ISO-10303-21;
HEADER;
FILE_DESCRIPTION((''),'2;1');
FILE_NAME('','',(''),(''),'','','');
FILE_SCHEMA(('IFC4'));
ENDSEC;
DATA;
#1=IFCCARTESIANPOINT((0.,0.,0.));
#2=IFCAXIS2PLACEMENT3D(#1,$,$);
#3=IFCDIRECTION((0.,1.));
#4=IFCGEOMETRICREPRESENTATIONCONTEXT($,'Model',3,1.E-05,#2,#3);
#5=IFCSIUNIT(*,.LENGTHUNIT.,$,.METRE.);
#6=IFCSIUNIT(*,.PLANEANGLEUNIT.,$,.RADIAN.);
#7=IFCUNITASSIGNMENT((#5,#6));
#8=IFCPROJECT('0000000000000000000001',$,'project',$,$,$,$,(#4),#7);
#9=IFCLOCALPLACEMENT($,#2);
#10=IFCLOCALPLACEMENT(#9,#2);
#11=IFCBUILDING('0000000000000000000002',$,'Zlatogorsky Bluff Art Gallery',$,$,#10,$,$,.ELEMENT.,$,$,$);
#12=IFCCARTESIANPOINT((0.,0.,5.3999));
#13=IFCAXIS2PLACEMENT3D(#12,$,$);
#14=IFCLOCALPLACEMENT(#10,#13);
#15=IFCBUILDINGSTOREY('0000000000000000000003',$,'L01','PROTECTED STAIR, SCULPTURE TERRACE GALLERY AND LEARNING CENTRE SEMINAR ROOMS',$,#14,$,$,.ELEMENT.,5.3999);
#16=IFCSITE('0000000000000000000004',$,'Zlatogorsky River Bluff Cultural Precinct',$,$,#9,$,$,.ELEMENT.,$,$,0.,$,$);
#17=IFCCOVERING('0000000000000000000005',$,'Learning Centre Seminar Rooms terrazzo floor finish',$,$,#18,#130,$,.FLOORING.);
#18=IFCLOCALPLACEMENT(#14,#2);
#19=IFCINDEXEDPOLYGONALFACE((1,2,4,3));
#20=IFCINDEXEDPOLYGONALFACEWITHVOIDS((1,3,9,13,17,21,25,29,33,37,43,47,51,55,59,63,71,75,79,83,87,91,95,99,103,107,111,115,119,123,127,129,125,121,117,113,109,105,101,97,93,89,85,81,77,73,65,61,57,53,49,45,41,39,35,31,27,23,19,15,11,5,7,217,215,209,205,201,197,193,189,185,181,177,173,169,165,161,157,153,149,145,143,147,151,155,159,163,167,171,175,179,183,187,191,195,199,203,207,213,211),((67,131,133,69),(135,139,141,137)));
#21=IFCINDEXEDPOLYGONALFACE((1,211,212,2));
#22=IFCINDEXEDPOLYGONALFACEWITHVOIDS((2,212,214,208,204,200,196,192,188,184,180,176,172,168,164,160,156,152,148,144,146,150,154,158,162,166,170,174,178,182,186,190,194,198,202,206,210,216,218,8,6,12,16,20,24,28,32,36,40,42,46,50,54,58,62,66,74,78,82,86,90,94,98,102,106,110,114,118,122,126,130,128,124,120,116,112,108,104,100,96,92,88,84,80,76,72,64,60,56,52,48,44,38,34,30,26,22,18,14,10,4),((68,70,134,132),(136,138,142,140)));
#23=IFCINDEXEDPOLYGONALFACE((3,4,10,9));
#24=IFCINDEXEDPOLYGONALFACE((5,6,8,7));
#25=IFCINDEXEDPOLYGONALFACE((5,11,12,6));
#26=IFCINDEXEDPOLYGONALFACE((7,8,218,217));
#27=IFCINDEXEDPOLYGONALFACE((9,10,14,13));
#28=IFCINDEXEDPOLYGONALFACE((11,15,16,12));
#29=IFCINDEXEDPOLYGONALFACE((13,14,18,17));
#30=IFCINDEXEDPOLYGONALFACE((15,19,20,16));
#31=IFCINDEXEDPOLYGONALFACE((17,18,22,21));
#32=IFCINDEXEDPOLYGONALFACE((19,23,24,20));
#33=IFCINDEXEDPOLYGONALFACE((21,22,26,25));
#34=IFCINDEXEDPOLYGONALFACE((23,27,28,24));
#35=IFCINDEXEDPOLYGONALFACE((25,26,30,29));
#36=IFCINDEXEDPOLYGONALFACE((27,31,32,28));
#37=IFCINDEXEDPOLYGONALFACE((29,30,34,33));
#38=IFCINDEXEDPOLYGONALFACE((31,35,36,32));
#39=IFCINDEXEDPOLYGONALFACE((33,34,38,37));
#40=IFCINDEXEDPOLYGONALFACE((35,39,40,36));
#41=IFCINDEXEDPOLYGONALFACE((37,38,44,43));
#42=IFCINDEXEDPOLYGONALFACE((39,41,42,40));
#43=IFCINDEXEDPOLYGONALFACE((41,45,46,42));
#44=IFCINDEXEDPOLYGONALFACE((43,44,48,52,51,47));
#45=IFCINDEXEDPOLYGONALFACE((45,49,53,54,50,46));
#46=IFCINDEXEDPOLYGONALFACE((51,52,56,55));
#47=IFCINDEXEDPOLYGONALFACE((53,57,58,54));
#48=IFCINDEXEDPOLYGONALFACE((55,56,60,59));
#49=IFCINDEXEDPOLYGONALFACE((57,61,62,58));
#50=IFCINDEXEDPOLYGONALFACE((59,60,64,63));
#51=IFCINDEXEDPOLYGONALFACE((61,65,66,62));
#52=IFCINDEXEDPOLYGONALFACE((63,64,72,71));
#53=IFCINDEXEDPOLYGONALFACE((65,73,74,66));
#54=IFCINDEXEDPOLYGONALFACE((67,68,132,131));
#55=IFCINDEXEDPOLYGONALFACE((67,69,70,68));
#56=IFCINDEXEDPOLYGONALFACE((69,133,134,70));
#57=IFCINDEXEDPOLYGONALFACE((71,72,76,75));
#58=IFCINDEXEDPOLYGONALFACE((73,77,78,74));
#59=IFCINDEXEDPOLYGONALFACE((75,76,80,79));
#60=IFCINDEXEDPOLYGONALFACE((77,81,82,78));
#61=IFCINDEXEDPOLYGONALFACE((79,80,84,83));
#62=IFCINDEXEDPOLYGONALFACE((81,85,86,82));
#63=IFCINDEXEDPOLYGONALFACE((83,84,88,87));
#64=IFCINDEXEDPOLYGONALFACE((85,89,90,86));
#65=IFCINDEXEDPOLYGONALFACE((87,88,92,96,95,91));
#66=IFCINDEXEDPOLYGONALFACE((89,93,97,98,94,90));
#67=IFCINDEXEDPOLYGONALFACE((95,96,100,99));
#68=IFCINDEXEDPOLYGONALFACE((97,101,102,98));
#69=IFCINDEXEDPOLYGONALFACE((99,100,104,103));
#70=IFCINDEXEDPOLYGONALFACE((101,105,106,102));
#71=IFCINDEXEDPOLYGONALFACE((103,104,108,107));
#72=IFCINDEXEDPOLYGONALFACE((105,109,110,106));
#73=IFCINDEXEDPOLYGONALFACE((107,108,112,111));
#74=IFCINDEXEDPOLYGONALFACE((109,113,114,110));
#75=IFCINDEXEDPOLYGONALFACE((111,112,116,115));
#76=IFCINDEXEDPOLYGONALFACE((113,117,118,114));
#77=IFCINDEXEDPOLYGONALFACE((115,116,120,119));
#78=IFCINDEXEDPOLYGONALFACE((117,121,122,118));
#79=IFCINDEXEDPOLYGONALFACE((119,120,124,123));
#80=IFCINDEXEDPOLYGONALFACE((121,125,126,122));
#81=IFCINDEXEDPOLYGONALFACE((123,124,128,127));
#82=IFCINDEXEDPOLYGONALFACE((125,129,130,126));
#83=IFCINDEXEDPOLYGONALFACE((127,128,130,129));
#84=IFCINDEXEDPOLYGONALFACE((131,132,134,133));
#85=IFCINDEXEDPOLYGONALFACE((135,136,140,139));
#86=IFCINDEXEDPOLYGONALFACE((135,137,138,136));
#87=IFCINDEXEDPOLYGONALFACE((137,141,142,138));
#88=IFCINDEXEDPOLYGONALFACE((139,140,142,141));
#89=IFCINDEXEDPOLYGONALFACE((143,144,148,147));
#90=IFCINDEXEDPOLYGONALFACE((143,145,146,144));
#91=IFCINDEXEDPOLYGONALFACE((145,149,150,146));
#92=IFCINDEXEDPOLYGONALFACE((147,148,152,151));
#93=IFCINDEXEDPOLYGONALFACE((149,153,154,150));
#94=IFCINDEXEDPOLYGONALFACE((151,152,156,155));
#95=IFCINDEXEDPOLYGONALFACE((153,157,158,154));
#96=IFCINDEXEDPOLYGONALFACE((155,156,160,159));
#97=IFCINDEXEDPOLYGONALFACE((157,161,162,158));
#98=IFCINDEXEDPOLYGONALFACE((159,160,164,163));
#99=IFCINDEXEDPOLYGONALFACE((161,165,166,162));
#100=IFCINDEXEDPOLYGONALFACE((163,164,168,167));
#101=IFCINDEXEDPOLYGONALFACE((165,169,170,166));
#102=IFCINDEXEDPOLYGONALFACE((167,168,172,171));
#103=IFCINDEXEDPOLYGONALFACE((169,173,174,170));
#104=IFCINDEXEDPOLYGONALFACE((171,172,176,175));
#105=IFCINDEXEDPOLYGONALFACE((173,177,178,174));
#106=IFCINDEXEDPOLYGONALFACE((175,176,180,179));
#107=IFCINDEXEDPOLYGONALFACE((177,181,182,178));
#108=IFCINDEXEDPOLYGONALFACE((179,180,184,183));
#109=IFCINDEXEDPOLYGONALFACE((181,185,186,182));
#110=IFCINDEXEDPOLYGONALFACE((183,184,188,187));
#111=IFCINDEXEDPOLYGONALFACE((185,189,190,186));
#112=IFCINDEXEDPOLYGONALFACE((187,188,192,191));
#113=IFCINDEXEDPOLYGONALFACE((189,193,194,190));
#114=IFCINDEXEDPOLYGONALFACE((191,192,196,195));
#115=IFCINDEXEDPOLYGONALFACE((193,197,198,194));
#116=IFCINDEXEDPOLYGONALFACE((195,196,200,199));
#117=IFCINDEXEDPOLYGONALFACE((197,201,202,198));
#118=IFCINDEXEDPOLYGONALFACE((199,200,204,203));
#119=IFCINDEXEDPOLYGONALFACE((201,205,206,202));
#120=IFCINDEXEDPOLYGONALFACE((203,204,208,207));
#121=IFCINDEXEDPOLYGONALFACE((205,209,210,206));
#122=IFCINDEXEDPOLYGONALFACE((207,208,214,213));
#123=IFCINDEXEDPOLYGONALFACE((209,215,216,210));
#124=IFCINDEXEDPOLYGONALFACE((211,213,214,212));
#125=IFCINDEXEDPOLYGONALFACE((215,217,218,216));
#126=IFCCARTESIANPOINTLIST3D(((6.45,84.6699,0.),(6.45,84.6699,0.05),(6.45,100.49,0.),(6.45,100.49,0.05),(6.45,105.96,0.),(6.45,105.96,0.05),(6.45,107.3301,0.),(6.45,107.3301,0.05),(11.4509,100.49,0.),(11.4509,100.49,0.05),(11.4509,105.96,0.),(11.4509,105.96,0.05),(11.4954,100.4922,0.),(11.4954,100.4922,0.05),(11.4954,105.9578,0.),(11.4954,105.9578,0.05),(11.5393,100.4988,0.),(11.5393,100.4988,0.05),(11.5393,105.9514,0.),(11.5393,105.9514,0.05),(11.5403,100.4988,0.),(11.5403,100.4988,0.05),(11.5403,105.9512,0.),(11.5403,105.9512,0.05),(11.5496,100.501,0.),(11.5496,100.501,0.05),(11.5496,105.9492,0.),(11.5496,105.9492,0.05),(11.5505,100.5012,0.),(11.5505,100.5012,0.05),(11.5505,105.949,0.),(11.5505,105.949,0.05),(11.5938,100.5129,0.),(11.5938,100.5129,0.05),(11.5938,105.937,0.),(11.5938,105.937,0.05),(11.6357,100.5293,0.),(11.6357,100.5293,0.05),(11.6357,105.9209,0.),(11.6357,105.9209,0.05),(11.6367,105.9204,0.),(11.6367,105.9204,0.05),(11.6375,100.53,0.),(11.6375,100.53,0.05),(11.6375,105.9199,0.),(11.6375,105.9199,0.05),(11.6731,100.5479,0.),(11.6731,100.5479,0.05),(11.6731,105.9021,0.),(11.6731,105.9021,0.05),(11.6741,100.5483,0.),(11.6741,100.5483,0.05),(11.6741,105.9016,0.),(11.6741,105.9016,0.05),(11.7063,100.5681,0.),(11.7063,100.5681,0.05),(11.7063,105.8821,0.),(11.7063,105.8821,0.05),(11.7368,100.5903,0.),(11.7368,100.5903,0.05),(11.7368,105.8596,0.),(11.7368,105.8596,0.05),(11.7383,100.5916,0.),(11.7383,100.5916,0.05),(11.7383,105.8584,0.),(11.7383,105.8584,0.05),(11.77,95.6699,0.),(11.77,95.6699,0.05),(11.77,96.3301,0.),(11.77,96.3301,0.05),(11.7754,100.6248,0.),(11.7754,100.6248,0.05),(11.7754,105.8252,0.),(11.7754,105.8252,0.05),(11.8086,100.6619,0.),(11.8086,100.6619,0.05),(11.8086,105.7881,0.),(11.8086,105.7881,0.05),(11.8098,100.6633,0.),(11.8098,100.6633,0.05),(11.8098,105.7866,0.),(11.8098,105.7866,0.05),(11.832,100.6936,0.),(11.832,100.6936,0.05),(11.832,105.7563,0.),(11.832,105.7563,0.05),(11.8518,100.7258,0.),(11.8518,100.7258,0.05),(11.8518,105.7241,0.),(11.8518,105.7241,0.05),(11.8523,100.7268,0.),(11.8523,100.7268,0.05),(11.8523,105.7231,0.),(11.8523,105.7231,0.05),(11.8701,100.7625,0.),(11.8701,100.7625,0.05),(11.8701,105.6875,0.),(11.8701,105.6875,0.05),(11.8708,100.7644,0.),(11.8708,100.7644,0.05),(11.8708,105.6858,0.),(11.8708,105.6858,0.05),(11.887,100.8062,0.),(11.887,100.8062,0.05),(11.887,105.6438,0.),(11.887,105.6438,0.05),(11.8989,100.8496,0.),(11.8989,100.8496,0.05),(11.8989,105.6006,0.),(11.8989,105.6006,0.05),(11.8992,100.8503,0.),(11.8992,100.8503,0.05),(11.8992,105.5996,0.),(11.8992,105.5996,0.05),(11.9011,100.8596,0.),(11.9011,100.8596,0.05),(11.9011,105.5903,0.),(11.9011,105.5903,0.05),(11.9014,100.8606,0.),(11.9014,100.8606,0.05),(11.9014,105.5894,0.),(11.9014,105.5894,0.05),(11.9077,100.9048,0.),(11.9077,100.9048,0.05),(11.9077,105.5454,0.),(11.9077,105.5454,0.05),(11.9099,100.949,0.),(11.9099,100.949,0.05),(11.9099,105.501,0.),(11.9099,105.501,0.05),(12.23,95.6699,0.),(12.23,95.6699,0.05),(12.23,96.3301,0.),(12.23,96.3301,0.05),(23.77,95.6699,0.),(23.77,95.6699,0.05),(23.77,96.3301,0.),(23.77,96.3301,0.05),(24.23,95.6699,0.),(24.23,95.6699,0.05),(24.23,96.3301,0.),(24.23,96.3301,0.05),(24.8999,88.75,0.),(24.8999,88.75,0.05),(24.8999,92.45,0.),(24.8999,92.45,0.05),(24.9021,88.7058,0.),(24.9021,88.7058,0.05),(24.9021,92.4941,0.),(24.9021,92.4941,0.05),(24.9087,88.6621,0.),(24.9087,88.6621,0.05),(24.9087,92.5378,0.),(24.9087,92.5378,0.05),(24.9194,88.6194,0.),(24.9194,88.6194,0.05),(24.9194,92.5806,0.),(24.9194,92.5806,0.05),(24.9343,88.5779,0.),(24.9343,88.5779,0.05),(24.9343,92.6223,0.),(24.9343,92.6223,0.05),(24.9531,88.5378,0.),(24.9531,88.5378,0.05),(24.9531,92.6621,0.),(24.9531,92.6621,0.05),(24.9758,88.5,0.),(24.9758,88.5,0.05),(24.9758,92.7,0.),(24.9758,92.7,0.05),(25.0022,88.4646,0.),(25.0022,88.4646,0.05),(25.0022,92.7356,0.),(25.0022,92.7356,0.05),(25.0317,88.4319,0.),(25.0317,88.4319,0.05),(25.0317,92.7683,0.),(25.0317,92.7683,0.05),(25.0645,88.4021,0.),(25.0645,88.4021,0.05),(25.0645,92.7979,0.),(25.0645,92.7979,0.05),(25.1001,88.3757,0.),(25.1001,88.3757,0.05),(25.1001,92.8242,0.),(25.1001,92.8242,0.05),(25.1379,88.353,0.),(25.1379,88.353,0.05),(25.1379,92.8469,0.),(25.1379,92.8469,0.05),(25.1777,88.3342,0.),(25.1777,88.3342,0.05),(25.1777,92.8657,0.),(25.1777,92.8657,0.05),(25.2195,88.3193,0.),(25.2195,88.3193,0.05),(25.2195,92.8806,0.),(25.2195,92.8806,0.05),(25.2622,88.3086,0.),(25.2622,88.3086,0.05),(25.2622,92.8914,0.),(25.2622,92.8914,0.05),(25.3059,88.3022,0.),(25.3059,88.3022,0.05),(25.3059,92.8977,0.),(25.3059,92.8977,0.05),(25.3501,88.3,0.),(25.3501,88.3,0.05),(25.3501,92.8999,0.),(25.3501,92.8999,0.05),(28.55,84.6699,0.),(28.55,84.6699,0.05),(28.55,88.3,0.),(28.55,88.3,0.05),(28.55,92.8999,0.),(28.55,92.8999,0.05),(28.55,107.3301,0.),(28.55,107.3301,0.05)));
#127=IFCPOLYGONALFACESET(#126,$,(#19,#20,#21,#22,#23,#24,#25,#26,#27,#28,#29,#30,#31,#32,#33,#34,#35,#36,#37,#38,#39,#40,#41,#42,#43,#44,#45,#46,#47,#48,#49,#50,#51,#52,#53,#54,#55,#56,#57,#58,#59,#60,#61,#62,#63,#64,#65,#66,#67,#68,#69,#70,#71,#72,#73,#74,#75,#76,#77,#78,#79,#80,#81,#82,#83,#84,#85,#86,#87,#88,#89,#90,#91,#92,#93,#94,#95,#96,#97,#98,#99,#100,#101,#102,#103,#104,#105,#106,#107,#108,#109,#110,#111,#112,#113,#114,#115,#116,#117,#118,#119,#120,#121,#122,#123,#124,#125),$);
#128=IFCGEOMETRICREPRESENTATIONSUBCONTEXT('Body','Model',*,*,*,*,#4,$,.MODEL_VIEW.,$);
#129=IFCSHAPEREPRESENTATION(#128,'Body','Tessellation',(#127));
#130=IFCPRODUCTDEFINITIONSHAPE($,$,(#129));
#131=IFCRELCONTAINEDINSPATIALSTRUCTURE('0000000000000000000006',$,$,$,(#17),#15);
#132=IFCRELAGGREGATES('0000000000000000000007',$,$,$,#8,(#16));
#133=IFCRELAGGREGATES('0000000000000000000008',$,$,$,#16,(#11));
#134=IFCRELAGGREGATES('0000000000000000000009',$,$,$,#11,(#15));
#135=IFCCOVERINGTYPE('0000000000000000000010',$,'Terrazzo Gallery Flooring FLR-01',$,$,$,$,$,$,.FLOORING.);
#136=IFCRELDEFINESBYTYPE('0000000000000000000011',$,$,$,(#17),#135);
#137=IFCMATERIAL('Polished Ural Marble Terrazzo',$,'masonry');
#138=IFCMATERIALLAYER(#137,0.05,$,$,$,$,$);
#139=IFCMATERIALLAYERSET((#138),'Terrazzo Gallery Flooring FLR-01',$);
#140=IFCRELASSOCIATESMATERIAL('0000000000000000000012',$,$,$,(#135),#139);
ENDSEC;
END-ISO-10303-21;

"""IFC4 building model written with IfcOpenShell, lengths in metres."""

from ifc_helpers import new_model, si_unit, direction, frame, origin, place, context, subcontext, project, spatial, polyline, outline, extrude, material, layer, layer_set, type_object, element, save


model = new_model("IFC4")

# Units and contexts
model_context = context("Model", 3, precision=1e-05, world=origin(), true_north=direction((0.0, 1.0)))
body_context = subcontext(model_context, "Body", "Model", "MODEL_VIEW")
ifc_project = project(units=[si_unit("LENGTHUNIT", "METRE"), si_unit("PLANEANGLEUNIT", "RADIAN")], contexts=[model_context])

# Site, building, storey
site_placement = place(None, origin())
site = spatial("IfcSite", under=ifc_project, at=site_placement, Name="Zlatogorsky River Bluff Cultural Precinct", CompositionType="ELEMENT", RefElevation=0.0)
building_placement = place(site_placement, origin())
building = spatial("IfcBuilding", under=site, at=building_placement, Name="Zlatogorsky Bluff Art Gallery", CompositionType="ELEMENT")
storey_placement = place(building_placement, frame((0.0, 0.0, 5.3999)))
storey = spatial("IfcBuildingStorey", under=building, at=storey_placement, Name="L01", Description="PROTECTED STAIR, SCULPTURE TERRACE GALLERY AND LEARNING CENTRE SEMINAR ROOMS", CompositionType="ELEMENT", Elevation=5.3999)

# Covering
ifc_material_1 = material(Name="Polished Ural Marble Terrazzo", Category="masonry")
ifc_layer_1 = layer(ifc_material_1, 0.05)
ifc_layer_set_1 = layer_set([ifc_layer_1], Name="Terrazzo Gallery Flooring FLR-01")
covering_type_1 = type_object("IfcCoveringType", Name="Terrazzo Gallery Flooring FLR-01", PredefinedType="FLOORING", material=ifc_layer_set_1)
covering_1_placement = place(storey_placement, origin())
element("IfcCovering", 1, at=covering_1_placement, inside=storey, type_object=covering_type_1, Name="Learning Centre Seminar Rooms terrazzo floor finish", PredefinedType="FLOORING", context=body_context, shape_type="SweptSolid", body=[
    extrude(outline(polyline([(28.55, 84.6699), (6.45, 84.6699), (6.45, 100.49), (11.4509, 100.49), (11.4954, 100.4922), (11.5393, 100.4988), (11.5403, 100.4988), (11.5496, 100.501), (11.5505, 100.5012), (11.5938, 100.5129), (11.6357, 100.5293), (11.6375, 100.53), (11.6731, 100.5479), (11.6741, 100.5483), (11.7063, 100.5681), (11.7368, 100.5903), (11.7383, 100.5916), (11.7754, 100.6248), (11.8086, 100.6619), (11.8098, 100.6633), (11.832, 100.6936), (11.8518, 100.7258), (11.8523, 100.7268), (11.8701, 100.7625), (11.8708, 100.7644), (11.887, 100.8062), (11.8989, 100.8496), (11.8992, 100.8503), (11.9011, 100.8596), (11.9014, 100.8606), (11.9077, 100.9048), (11.9099, 100.949), (11.9099, 105.501), (11.9077, 105.5454), (11.9014, 105.5894), (11.9011, 105.5903), (11.8992, 105.5996), (11.8989, 105.6006), (11.887, 105.6438), (11.8708, 105.6858), (11.8701, 105.6875), (11.8523, 105.7231), (11.8518, 105.7241), (11.832, 105.7563), (11.8098, 105.7866), (11.8086, 105.7881), (11.7754, 105.8252), (11.7383, 105.8584), (11.7368, 105.8596), (11.7063, 105.8821), (11.6741, 105.9016), (11.6731, 105.9021), (11.6375, 105.9199), (11.6367, 105.9204), (11.6357, 105.9209), (11.5938, 105.937), (11.5505, 105.949), (11.5496, 105.9492), (11.5403, 105.9512), (11.5393, 105.9514), (11.4954, 105.9578), (11.4509, 105.96), (6.45, 105.96), (6.45, 107.3301), (28.55, 107.3301), (28.55, 92.8999), (25.3501, 92.8999), (25.3059, 92.8977), (25.2622, 92.8914), (25.2195, 92.8806), (25.1777, 92.8657), (25.1379, 92.8469), (25.1001, 92.8242), (25.0645, 92.7979), (25.0317, 92.7683), (25.0022, 92.7356), (24.9758, 92.7), (24.9531, 92.6621), (24.9343, 92.6223), (24.9194, 92.5806), (24.9087, 92.5378), (24.9021, 92.4941), (24.8999, 92.45), (24.8999, 88.75), (24.9021, 88.7058), (24.9087, 88.6621), (24.9194, 88.6194), (24.9343, 88.5779), (24.9531, 88.5378), (24.9758, 88.5), (25.0022, 88.4646), (25.0317, 88.4319), (25.0645, 88.4021), (25.1001, 88.3757), (25.1379, 88.353), (25.1777, 88.3342), (25.2195, 88.3193), (25.2622, 88.3086), (25.3059, 88.3022), (25.3501, 88.3), (28.55, 88.3), (28.55, 84.6699)]), holes=[polyline([(11.77, 96.3301), (11.77, 95.6699), (12.23, 95.6699), (12.23, 96.3301), (11.77, 96.3301)]), polyline([(23.77, 95.6699), (24.23, 95.6699), (24.23, 96.3301), (23.77, 96.3301), (23.77, 95.6699)])]), origin(), (0.0, 0.0, 1.0), 0.05),
])

save(model, "model.ifc")
